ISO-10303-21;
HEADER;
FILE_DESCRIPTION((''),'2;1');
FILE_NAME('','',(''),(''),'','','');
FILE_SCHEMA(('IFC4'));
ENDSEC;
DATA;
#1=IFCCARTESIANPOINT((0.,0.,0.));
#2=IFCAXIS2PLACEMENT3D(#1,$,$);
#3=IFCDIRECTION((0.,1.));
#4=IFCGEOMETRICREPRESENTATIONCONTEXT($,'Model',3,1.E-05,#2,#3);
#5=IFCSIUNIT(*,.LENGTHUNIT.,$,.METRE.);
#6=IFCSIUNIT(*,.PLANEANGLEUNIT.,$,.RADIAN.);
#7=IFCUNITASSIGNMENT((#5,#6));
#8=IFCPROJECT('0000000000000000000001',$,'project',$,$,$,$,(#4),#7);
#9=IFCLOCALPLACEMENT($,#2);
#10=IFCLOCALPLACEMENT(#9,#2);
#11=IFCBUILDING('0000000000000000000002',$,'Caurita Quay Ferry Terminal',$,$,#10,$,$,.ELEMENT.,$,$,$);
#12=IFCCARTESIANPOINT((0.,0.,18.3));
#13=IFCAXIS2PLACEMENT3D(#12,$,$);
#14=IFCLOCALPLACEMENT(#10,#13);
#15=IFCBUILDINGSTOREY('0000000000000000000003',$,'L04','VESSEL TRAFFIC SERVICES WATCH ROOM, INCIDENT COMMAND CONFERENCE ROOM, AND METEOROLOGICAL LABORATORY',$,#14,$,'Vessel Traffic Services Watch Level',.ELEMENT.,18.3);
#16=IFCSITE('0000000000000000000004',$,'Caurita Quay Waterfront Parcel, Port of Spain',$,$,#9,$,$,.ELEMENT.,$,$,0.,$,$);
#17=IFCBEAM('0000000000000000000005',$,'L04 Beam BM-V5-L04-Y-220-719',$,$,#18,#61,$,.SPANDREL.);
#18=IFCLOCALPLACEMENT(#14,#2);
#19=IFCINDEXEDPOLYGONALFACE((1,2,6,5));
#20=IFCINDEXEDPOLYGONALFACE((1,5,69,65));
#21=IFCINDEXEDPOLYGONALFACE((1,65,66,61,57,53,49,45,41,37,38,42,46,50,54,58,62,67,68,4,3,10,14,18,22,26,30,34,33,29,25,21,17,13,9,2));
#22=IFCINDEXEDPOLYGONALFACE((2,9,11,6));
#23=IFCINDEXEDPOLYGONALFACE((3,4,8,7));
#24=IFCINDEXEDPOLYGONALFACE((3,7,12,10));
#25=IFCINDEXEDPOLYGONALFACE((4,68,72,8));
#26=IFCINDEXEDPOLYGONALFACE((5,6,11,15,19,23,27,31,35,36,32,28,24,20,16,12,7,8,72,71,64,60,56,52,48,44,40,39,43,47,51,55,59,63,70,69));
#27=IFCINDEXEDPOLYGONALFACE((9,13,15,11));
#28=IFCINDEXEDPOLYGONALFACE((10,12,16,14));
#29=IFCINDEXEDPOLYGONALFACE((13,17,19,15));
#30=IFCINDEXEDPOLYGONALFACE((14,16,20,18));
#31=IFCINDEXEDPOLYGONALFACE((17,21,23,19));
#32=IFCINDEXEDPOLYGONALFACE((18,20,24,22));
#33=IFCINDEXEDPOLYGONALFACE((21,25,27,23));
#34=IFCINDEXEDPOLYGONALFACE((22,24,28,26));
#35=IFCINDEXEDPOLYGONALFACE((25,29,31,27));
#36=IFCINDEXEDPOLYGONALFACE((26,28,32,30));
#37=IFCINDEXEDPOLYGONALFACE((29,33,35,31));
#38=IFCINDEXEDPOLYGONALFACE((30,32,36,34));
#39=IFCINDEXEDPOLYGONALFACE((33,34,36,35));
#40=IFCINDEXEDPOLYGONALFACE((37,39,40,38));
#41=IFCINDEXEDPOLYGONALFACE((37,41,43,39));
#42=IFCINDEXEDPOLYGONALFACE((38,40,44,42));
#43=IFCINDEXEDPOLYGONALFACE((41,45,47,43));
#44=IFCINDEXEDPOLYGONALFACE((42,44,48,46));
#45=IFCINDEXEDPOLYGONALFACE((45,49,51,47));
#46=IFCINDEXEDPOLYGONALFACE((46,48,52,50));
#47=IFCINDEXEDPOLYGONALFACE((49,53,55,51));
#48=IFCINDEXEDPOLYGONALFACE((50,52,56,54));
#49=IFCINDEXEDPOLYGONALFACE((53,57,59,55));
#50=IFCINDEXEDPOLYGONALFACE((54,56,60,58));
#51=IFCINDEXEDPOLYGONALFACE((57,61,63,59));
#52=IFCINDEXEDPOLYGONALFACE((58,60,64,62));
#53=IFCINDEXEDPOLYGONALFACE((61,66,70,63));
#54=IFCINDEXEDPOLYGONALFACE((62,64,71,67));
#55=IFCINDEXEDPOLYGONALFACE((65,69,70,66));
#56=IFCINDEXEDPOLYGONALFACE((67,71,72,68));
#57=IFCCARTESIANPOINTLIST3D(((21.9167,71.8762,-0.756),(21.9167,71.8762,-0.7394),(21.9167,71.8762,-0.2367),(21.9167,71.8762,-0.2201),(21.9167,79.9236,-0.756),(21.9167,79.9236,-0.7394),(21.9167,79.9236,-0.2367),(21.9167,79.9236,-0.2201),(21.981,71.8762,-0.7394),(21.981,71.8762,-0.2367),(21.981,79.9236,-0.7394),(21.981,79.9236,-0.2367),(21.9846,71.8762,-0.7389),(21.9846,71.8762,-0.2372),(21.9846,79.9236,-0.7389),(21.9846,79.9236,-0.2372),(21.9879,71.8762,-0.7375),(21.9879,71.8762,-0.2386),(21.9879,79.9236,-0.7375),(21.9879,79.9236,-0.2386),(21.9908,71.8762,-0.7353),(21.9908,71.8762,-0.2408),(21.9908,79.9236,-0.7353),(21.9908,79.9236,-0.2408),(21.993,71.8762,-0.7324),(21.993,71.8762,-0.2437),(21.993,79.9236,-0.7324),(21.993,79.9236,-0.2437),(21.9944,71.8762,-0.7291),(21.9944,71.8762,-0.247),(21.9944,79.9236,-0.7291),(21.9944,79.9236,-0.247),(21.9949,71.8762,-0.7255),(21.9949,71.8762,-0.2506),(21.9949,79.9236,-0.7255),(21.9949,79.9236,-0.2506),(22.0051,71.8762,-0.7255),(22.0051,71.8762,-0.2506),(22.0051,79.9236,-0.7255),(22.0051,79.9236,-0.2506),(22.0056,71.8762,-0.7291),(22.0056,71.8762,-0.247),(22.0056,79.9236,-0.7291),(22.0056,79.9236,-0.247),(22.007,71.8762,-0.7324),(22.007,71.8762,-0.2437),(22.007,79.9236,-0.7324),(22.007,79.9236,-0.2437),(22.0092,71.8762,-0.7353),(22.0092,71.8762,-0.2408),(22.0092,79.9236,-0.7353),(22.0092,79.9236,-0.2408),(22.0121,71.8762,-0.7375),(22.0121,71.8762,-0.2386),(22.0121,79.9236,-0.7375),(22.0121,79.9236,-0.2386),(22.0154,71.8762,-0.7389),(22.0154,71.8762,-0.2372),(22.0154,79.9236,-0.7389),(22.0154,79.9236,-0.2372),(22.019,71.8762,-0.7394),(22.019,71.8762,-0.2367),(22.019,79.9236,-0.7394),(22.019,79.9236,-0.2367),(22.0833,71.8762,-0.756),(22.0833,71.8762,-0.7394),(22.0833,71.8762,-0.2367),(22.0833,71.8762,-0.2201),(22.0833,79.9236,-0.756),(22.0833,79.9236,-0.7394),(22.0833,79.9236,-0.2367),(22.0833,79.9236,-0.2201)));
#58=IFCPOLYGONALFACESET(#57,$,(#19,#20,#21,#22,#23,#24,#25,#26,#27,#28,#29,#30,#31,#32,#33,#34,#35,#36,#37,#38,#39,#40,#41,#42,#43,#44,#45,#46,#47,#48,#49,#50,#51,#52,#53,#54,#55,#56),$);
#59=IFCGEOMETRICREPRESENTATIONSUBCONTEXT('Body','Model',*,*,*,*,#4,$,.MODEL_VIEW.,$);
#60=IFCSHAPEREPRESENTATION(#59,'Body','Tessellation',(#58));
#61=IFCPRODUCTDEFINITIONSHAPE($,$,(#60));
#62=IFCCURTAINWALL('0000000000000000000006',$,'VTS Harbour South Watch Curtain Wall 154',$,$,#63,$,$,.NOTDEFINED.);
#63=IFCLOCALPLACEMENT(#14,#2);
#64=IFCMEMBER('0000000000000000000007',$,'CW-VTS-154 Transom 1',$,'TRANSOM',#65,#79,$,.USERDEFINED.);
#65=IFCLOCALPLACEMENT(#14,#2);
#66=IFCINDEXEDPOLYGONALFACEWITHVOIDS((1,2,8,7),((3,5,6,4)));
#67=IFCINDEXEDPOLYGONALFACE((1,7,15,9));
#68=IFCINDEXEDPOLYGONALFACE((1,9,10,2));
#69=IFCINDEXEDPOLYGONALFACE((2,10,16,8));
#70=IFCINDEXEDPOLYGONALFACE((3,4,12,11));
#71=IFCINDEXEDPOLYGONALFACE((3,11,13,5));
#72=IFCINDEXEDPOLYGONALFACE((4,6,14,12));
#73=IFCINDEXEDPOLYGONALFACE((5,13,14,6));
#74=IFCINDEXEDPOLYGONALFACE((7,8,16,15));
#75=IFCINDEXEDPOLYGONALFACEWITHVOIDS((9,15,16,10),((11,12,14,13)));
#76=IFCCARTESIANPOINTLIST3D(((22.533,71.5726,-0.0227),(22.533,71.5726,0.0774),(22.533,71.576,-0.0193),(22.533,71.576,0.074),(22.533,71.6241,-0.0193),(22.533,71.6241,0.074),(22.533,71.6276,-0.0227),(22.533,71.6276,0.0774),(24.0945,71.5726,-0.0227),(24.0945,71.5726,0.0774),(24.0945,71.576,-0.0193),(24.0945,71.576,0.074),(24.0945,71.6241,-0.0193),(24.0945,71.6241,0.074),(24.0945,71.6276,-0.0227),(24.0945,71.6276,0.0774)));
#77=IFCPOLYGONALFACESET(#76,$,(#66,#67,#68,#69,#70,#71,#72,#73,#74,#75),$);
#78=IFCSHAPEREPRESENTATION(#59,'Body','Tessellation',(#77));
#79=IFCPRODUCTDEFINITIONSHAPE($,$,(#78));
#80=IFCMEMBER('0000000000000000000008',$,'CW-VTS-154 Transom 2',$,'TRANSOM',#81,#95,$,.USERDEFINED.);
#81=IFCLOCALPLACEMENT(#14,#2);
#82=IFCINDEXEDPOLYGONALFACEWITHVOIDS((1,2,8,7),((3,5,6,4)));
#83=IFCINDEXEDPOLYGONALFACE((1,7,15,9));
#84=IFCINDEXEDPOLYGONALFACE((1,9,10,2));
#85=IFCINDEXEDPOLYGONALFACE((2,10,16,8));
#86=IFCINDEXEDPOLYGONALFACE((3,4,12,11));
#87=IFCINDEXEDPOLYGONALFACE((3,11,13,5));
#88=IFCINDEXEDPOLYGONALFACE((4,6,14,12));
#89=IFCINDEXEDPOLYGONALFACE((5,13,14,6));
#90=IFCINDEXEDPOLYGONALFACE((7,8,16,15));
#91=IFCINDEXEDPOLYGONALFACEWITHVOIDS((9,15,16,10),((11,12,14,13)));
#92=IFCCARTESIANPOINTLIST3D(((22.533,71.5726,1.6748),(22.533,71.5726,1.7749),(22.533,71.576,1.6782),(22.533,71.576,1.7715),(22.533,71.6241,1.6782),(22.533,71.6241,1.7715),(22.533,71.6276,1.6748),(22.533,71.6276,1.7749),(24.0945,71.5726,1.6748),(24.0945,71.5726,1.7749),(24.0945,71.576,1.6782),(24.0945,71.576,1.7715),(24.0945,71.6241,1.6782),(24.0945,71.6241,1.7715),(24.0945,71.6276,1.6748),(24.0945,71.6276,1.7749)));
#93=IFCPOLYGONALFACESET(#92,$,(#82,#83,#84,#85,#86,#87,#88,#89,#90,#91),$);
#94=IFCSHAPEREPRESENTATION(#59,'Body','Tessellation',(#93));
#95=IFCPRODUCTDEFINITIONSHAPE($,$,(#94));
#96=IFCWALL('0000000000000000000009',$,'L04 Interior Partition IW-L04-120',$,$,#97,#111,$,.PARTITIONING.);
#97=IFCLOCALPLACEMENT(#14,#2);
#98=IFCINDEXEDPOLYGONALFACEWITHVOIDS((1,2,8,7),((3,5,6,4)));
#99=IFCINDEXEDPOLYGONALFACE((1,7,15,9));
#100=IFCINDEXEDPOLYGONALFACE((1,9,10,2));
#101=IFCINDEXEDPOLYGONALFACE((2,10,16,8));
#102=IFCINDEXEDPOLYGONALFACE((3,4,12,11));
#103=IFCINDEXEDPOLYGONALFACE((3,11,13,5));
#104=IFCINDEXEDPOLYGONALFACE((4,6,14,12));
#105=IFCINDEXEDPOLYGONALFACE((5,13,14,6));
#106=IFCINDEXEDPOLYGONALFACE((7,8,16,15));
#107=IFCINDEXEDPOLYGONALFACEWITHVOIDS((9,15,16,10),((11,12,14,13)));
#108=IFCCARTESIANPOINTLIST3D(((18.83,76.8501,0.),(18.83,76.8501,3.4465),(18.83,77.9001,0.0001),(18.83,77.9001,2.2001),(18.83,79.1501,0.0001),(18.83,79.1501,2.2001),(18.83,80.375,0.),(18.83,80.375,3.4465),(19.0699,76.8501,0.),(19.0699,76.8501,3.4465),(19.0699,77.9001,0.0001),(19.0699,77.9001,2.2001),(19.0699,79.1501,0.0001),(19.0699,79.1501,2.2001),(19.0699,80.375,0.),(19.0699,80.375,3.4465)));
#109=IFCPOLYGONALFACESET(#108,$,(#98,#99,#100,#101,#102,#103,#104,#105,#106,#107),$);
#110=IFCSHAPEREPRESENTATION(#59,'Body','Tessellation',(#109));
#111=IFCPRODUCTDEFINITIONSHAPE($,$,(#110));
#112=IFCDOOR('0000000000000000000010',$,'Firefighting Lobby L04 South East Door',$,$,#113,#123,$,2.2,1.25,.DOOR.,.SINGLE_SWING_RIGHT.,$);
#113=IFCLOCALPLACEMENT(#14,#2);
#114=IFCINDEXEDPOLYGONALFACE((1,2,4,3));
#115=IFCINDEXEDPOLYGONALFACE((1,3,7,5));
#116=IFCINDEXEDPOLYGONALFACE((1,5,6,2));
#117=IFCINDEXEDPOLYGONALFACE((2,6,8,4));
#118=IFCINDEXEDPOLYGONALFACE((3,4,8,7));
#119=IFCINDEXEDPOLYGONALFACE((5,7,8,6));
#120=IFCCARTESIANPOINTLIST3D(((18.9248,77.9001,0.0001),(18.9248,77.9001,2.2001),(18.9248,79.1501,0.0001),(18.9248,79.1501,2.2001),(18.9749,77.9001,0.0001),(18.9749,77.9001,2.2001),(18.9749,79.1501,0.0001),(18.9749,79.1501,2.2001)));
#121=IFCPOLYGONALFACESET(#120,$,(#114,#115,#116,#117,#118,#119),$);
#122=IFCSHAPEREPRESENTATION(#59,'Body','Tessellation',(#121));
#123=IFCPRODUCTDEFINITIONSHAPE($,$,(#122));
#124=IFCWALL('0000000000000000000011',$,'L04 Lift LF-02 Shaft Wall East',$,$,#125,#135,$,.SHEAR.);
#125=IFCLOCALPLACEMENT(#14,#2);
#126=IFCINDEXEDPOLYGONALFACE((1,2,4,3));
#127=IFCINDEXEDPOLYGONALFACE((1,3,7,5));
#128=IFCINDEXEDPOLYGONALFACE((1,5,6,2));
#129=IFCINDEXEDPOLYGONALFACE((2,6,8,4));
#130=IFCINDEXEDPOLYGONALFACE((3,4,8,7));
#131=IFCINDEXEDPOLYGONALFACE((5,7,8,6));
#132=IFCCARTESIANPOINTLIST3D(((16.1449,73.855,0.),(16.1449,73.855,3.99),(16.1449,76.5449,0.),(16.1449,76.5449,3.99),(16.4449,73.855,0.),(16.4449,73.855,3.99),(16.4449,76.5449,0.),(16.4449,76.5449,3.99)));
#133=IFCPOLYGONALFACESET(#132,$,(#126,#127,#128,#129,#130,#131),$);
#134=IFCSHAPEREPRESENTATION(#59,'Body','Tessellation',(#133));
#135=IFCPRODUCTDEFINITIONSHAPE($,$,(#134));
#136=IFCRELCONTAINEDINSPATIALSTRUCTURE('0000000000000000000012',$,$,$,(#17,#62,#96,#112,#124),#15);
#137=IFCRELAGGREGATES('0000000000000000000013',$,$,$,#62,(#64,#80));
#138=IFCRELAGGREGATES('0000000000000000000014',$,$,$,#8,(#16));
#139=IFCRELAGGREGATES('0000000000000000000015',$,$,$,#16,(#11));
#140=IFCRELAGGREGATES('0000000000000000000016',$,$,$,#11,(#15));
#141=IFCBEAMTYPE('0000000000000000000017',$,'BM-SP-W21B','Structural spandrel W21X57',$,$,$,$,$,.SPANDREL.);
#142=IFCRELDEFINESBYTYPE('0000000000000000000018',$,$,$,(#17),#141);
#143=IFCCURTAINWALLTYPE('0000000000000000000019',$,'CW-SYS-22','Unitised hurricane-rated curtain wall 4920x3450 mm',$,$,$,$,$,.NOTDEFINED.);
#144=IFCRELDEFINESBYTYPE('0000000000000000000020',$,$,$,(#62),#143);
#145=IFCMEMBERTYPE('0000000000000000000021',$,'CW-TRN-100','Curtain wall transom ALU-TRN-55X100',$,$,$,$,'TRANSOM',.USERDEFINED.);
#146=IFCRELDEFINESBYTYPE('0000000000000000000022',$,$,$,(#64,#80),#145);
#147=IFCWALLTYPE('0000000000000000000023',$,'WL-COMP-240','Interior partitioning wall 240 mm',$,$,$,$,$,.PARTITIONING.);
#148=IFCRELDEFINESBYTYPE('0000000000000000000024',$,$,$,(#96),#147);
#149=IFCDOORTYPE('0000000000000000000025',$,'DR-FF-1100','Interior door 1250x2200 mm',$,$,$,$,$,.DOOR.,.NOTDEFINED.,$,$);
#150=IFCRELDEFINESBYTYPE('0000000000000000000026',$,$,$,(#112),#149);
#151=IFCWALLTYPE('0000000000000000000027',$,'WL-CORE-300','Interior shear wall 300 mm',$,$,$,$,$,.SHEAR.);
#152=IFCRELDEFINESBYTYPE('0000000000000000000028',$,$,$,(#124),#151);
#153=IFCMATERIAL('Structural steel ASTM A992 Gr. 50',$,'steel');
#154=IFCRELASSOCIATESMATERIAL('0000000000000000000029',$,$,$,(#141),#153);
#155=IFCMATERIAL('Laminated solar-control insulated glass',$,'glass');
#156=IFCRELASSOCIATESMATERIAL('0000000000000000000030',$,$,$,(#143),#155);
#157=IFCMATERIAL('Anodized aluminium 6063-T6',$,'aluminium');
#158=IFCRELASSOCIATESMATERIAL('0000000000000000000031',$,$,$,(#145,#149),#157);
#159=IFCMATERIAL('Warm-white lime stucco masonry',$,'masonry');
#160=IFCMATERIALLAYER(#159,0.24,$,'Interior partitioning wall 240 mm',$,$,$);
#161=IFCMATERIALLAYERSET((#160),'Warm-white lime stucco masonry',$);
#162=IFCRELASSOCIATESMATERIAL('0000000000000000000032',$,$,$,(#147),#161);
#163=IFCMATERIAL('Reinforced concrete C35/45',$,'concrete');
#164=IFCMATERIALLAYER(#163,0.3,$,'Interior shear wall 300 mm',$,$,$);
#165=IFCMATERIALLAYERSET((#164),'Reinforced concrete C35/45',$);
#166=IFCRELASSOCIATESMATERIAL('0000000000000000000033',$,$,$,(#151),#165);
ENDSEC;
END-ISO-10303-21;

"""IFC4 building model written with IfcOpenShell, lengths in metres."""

from ifc_helpers import new_model, si_unit, direction, frame, frame_2d, origin, origin_2d, place, context, subcontext, project, spatial, rectangle, hollow_rectangle, i_section, extrude, material, layer, layer_set, material_profile, profile_set, type_object, element, fill, aggregate, save


model = new_model("IFC4")

# Units and contexts
model_context = context("Model", 3, precision=1e-05, world=origin(), true_north=direction((0.0, 1.0)))
body_context = subcontext(model_context, "Body", "Model", "MODEL_VIEW")
ifc_project = project(units=[si_unit("LENGTHUNIT", "METRE"), si_unit("PLANEANGLEUNIT", "RADIAN")], contexts=[model_context])

# Site, building, storey
site_placement = place(None, origin())
site = spatial("IfcSite", under=ifc_project, at=site_placement, Name="Caurita Quay Waterfront Parcel, Port of Spain", CompositionType="ELEMENT", RefElevation=0.0)
building_placement = place(site_placement, origin())
building = spatial("IfcBuilding", under=site, at=building_placement, Name="Caurita Quay Ferry Terminal", CompositionType="ELEMENT")
storey_placement = place(building_placement, frame((0.0, 0.0, 18.3)))
storey = spatial("IfcBuildingStorey", under=building, at=storey_placement, Name="L04", Description="VESSEL TRAFFIC SERVICES WATCH ROOM, INCIDENT COMMAND CONFERENCE ROOM, AND METEOROLOGICAL LABORATORY", LongName="Vessel Traffic Services Watch Level", CompositionType="ELEMENT", Elevation=18.3)

# Shared definitions
ifc_material_1 = material(Name="Reinforced concrete C35/45", Category="concrete")

# Beam
ifc_material_2 = material(Name="Structural steel ASTM A992 Gr. 50", Category="steel")
ifc_material_profile_1 = material_profile(ifc_material_2, i_section(OverallWidth=0.1665, OverallDepth=0.5359, WebThickness=0.0103, FlangeThickness=0.0166, FilletRadius=0.0139, at=origin_2d()), Name="W21X57")
ifc_profile_set_1 = profile_set([ifc_material_profile_1], Name="Structural steel ASTM A992 Gr. 50")
beam_type_1 = type_object("IfcBeamType", Name="BM-SP-W21B", Description="Structural spandrel W21X57", PredefinedType="SPANDREL", material=ifc_profile_set_1)
beam_1_placement = place(storey_placement, frame((22.0, 71.8762, -0.488), z_axis=(0.0, 1.0, 0.0), x_axis=(-1.0, 0.0, 0.0)))
element("IfcBeam", 1, at=beam_1_placement, inside=storey, type_object=beam_type_1, Name="L04 Beam BM-V5-L04-Y-220-719", PredefinedType="SPANDREL", context=body_context, shape_type="SweptSolid", body=[
    extrude(i_section(OverallWidth=0.1665, OverallDepth=0.5359, WebThickness=0.0103, FlangeThickness=0.0166, FilletRadius=0.0139, at=origin_2d()), origin(), (0.0, 0.0, 1.0), 8.0474),
])

# Curtain wall, members
ifc_material_3 = material(Name="Laminated solar-control insulated glass", Category="glass")
curtain_wall_type = type_object("IfcCurtainWallType", Name="CW-SYS-22", Description="Unitised hurricane-rated curtain wall 4920x3450 mm", PredefinedType="NOTDEFINED", material=ifc_material_3)
curtain_wall_placement = place(storey_placement, origin())
curtain_wall = element("IfcCurtainWall", 2, at=curtain_wall_placement, inside=storey, type_object=curtain_wall_type, Name="VTS Harbour South Watch Curtain Wall 154", PredefinedType="NOTDEFINED")
ifc_material_4 = material(Name="Anodized aluminium 6063-T6", Category="aluminium")
ifc_material_profile_2 = material_profile(ifc_material_4, hollow_rectangle(XDim=0.0549, YDim=0.1001, WallThickness=0.0034, at=origin_2d()), Name="ALU-TRN-55X100")
ifc_profile_set_2 = profile_set([ifc_material_profile_2], Name="Anodized aluminium 6063-T6")
member_type = type_object("IfcMemberType", Name="CW-TRN-100", Description="Curtain wall transom ALU-TRN-55X100", ElementType="TRANSOM", PredefinedType="USERDEFINED", material=ifc_profile_set_2)
member_1_placement = place(storey_placement, frame((22.533, 71.6001, 0.0273), z_axis=(1.0, 0.0, 0.0), x_axis=(0.0, 1.0, 0.0)))
member_1 = element("IfcMember", 3, at=member_1_placement, type_object=member_type, Name="CW-VTS-154 Transom 1", ObjectType="TRANSOM", PredefinedType="USERDEFINED", context=body_context, shape_type="SweptSolid", body=[
    extrude(hollow_rectangle(XDim=0.0549, YDim=0.1001, WallThickness=0.0034, at=origin_2d()), origin(), (0.0, 0.0, 1.0), 1.5615),
])
member_2_placement = place(storey_placement, frame((22.533, 71.6001, 1.7249), z_axis=(1.0, 0.0, 0.0), x_axis=(0.0, 1.0, 0.0)))
member_2 = element("IfcMember", 4, at=member_2_placement, type_object=member_type, Name="CW-VTS-154 Transom 2", ObjectType="TRANSOM", PredefinedType="USERDEFINED", context=body_context, shape_type="SweptSolid", body=[
    extrude(hollow_rectangle(XDim=0.0549, YDim=0.1001, WallThickness=0.0034, at=origin_2d()), origin(), (0.0, 0.0, 1.0), 1.5615),
])
aggregate(curtain_wall, [member_1, member_2])

# Wall, opening, door
ifc_material_5 = material(Name="Warm-white lime stucco masonry", Category="masonry")
ifc_layer_1 = layer(ifc_material_5, 0.24, Name="Interior partitioning wall 240 mm")
ifc_layer_set_1 = layer_set([ifc_layer_1], Name="Warm-white lime stucco masonry")
wall_type_1 = type_object("IfcWallType", Name="WL-COMP-240", Description="Interior partitioning wall 240 mm", PredefinedType="PARTITIONING", material=ifc_layer_set_1)
wall_1_placement = place(storey_placement, frame((18.95, 76.8501, 0.0), z_axis=(0.0, 0.0, 1.0), x_axis=(0.0, 1.0, 0.0)))
wall_1 = element("IfcWall", 5, at=wall_1_placement, inside=storey, type_object=wall_type_1, Name="L04 Interior Partition IW-L04-120", PredefinedType="PARTITIONING", context=body_context, shape_type="SweptSolid", body=[
    extrude(rectangle(XDim=3.5249, YDim=0.24, at=frame_2d((1.7625, 0.0))), origin(), (0.0, 0.0, 1.0), 3.4465),
])
opening_1_placement = place(wall_1_placement, frame((1.05, 0.0, 0.0)))
opening_1 = element("IfcOpeningElement", 6, at=opening_1_placement, cuts=wall_1, PredefinedType="OPENING", context=body_context, shape_type="SweptSolid", body=[
    extrude(rectangle(XDim=1.25, YDim=2.2, at=frame_2d((0.625, 1.1001))), frame((0.0, 0.1299, 0.0), z_axis=(0.0, -1.0, 0.0), x_axis=(1.0, 0.0, 0.0)), (0.0, 0.0, 1.0), 0.26),
])
door_type_1 = type_object("IfcDoorType", Name="DR-FF-1100", Description="Interior door 1250x2200 mm", OperationType="NOTDEFINED", PredefinedType="DOOR", material=ifc_material_4)
door_1_placement = place(opening_1_placement, frame((1.25, 0.0, 0.0), z_axis=(0.0, 0.0, 1.0), x_axis=(-1.0, 0.0, 0.0)))
door_1 = element("IfcDoor", 7, at=door_1_placement, inside=storey, type_object=door_type_1, Name="Firefighting Lobby L04 South East Door", OperationType="SINGLE_SWING_RIGHT", OverallHeight=2.2, OverallWidth=1.25, PredefinedType="DOOR", context=body_context, shape_type="SweptSolid", body=[
    extrude(rectangle(XDim=1.25, YDim=2.2, at=frame_2d((0.625, 1.1001))), frame((0.0, 0.0249, 0.0), z_axis=(0.0, -1.0, 0.0), x_axis=(1.0, 0.0, 0.0)), (0.0, 0.0, 1.0), 0.05),
])
fill(opening_1, door_1)
ifc_layer_2 = layer(ifc_material_1, 0.3, Name="Interior shear wall 300 mm")
ifc_layer_set_2 = layer_set([ifc_layer_2], Name="Reinforced concrete C35/45")
wall_type_2 = type_object("IfcWallType", Name="WL-CORE-300", Description="Interior shear wall 300 mm", PredefinedType="SHEAR", material=ifc_layer_set_2)

# Wall
wall_2_placement = place(storey_placement, frame((16.2949, 73.855, 0.0), z_axis=(0.0, 0.0, 1.0), x_axis=(0.0, 1.0, 0.0)))
element("IfcWall", 8, at=wall_2_placement, inside=storey, type_object=wall_type_2, Name="L04 Lift LF-02 Shaft Wall East", PredefinedType="SHEAR", context=body_context, shape_type="SweptSolid", body=[
    extrude(rectangle(XDim=2.6899, YDim=0.3, at=frame_2d((1.345, 0.0))), origin(), (0.0, 0.0, 1.0), 3.99),
])

save(model, "model.ifc")
